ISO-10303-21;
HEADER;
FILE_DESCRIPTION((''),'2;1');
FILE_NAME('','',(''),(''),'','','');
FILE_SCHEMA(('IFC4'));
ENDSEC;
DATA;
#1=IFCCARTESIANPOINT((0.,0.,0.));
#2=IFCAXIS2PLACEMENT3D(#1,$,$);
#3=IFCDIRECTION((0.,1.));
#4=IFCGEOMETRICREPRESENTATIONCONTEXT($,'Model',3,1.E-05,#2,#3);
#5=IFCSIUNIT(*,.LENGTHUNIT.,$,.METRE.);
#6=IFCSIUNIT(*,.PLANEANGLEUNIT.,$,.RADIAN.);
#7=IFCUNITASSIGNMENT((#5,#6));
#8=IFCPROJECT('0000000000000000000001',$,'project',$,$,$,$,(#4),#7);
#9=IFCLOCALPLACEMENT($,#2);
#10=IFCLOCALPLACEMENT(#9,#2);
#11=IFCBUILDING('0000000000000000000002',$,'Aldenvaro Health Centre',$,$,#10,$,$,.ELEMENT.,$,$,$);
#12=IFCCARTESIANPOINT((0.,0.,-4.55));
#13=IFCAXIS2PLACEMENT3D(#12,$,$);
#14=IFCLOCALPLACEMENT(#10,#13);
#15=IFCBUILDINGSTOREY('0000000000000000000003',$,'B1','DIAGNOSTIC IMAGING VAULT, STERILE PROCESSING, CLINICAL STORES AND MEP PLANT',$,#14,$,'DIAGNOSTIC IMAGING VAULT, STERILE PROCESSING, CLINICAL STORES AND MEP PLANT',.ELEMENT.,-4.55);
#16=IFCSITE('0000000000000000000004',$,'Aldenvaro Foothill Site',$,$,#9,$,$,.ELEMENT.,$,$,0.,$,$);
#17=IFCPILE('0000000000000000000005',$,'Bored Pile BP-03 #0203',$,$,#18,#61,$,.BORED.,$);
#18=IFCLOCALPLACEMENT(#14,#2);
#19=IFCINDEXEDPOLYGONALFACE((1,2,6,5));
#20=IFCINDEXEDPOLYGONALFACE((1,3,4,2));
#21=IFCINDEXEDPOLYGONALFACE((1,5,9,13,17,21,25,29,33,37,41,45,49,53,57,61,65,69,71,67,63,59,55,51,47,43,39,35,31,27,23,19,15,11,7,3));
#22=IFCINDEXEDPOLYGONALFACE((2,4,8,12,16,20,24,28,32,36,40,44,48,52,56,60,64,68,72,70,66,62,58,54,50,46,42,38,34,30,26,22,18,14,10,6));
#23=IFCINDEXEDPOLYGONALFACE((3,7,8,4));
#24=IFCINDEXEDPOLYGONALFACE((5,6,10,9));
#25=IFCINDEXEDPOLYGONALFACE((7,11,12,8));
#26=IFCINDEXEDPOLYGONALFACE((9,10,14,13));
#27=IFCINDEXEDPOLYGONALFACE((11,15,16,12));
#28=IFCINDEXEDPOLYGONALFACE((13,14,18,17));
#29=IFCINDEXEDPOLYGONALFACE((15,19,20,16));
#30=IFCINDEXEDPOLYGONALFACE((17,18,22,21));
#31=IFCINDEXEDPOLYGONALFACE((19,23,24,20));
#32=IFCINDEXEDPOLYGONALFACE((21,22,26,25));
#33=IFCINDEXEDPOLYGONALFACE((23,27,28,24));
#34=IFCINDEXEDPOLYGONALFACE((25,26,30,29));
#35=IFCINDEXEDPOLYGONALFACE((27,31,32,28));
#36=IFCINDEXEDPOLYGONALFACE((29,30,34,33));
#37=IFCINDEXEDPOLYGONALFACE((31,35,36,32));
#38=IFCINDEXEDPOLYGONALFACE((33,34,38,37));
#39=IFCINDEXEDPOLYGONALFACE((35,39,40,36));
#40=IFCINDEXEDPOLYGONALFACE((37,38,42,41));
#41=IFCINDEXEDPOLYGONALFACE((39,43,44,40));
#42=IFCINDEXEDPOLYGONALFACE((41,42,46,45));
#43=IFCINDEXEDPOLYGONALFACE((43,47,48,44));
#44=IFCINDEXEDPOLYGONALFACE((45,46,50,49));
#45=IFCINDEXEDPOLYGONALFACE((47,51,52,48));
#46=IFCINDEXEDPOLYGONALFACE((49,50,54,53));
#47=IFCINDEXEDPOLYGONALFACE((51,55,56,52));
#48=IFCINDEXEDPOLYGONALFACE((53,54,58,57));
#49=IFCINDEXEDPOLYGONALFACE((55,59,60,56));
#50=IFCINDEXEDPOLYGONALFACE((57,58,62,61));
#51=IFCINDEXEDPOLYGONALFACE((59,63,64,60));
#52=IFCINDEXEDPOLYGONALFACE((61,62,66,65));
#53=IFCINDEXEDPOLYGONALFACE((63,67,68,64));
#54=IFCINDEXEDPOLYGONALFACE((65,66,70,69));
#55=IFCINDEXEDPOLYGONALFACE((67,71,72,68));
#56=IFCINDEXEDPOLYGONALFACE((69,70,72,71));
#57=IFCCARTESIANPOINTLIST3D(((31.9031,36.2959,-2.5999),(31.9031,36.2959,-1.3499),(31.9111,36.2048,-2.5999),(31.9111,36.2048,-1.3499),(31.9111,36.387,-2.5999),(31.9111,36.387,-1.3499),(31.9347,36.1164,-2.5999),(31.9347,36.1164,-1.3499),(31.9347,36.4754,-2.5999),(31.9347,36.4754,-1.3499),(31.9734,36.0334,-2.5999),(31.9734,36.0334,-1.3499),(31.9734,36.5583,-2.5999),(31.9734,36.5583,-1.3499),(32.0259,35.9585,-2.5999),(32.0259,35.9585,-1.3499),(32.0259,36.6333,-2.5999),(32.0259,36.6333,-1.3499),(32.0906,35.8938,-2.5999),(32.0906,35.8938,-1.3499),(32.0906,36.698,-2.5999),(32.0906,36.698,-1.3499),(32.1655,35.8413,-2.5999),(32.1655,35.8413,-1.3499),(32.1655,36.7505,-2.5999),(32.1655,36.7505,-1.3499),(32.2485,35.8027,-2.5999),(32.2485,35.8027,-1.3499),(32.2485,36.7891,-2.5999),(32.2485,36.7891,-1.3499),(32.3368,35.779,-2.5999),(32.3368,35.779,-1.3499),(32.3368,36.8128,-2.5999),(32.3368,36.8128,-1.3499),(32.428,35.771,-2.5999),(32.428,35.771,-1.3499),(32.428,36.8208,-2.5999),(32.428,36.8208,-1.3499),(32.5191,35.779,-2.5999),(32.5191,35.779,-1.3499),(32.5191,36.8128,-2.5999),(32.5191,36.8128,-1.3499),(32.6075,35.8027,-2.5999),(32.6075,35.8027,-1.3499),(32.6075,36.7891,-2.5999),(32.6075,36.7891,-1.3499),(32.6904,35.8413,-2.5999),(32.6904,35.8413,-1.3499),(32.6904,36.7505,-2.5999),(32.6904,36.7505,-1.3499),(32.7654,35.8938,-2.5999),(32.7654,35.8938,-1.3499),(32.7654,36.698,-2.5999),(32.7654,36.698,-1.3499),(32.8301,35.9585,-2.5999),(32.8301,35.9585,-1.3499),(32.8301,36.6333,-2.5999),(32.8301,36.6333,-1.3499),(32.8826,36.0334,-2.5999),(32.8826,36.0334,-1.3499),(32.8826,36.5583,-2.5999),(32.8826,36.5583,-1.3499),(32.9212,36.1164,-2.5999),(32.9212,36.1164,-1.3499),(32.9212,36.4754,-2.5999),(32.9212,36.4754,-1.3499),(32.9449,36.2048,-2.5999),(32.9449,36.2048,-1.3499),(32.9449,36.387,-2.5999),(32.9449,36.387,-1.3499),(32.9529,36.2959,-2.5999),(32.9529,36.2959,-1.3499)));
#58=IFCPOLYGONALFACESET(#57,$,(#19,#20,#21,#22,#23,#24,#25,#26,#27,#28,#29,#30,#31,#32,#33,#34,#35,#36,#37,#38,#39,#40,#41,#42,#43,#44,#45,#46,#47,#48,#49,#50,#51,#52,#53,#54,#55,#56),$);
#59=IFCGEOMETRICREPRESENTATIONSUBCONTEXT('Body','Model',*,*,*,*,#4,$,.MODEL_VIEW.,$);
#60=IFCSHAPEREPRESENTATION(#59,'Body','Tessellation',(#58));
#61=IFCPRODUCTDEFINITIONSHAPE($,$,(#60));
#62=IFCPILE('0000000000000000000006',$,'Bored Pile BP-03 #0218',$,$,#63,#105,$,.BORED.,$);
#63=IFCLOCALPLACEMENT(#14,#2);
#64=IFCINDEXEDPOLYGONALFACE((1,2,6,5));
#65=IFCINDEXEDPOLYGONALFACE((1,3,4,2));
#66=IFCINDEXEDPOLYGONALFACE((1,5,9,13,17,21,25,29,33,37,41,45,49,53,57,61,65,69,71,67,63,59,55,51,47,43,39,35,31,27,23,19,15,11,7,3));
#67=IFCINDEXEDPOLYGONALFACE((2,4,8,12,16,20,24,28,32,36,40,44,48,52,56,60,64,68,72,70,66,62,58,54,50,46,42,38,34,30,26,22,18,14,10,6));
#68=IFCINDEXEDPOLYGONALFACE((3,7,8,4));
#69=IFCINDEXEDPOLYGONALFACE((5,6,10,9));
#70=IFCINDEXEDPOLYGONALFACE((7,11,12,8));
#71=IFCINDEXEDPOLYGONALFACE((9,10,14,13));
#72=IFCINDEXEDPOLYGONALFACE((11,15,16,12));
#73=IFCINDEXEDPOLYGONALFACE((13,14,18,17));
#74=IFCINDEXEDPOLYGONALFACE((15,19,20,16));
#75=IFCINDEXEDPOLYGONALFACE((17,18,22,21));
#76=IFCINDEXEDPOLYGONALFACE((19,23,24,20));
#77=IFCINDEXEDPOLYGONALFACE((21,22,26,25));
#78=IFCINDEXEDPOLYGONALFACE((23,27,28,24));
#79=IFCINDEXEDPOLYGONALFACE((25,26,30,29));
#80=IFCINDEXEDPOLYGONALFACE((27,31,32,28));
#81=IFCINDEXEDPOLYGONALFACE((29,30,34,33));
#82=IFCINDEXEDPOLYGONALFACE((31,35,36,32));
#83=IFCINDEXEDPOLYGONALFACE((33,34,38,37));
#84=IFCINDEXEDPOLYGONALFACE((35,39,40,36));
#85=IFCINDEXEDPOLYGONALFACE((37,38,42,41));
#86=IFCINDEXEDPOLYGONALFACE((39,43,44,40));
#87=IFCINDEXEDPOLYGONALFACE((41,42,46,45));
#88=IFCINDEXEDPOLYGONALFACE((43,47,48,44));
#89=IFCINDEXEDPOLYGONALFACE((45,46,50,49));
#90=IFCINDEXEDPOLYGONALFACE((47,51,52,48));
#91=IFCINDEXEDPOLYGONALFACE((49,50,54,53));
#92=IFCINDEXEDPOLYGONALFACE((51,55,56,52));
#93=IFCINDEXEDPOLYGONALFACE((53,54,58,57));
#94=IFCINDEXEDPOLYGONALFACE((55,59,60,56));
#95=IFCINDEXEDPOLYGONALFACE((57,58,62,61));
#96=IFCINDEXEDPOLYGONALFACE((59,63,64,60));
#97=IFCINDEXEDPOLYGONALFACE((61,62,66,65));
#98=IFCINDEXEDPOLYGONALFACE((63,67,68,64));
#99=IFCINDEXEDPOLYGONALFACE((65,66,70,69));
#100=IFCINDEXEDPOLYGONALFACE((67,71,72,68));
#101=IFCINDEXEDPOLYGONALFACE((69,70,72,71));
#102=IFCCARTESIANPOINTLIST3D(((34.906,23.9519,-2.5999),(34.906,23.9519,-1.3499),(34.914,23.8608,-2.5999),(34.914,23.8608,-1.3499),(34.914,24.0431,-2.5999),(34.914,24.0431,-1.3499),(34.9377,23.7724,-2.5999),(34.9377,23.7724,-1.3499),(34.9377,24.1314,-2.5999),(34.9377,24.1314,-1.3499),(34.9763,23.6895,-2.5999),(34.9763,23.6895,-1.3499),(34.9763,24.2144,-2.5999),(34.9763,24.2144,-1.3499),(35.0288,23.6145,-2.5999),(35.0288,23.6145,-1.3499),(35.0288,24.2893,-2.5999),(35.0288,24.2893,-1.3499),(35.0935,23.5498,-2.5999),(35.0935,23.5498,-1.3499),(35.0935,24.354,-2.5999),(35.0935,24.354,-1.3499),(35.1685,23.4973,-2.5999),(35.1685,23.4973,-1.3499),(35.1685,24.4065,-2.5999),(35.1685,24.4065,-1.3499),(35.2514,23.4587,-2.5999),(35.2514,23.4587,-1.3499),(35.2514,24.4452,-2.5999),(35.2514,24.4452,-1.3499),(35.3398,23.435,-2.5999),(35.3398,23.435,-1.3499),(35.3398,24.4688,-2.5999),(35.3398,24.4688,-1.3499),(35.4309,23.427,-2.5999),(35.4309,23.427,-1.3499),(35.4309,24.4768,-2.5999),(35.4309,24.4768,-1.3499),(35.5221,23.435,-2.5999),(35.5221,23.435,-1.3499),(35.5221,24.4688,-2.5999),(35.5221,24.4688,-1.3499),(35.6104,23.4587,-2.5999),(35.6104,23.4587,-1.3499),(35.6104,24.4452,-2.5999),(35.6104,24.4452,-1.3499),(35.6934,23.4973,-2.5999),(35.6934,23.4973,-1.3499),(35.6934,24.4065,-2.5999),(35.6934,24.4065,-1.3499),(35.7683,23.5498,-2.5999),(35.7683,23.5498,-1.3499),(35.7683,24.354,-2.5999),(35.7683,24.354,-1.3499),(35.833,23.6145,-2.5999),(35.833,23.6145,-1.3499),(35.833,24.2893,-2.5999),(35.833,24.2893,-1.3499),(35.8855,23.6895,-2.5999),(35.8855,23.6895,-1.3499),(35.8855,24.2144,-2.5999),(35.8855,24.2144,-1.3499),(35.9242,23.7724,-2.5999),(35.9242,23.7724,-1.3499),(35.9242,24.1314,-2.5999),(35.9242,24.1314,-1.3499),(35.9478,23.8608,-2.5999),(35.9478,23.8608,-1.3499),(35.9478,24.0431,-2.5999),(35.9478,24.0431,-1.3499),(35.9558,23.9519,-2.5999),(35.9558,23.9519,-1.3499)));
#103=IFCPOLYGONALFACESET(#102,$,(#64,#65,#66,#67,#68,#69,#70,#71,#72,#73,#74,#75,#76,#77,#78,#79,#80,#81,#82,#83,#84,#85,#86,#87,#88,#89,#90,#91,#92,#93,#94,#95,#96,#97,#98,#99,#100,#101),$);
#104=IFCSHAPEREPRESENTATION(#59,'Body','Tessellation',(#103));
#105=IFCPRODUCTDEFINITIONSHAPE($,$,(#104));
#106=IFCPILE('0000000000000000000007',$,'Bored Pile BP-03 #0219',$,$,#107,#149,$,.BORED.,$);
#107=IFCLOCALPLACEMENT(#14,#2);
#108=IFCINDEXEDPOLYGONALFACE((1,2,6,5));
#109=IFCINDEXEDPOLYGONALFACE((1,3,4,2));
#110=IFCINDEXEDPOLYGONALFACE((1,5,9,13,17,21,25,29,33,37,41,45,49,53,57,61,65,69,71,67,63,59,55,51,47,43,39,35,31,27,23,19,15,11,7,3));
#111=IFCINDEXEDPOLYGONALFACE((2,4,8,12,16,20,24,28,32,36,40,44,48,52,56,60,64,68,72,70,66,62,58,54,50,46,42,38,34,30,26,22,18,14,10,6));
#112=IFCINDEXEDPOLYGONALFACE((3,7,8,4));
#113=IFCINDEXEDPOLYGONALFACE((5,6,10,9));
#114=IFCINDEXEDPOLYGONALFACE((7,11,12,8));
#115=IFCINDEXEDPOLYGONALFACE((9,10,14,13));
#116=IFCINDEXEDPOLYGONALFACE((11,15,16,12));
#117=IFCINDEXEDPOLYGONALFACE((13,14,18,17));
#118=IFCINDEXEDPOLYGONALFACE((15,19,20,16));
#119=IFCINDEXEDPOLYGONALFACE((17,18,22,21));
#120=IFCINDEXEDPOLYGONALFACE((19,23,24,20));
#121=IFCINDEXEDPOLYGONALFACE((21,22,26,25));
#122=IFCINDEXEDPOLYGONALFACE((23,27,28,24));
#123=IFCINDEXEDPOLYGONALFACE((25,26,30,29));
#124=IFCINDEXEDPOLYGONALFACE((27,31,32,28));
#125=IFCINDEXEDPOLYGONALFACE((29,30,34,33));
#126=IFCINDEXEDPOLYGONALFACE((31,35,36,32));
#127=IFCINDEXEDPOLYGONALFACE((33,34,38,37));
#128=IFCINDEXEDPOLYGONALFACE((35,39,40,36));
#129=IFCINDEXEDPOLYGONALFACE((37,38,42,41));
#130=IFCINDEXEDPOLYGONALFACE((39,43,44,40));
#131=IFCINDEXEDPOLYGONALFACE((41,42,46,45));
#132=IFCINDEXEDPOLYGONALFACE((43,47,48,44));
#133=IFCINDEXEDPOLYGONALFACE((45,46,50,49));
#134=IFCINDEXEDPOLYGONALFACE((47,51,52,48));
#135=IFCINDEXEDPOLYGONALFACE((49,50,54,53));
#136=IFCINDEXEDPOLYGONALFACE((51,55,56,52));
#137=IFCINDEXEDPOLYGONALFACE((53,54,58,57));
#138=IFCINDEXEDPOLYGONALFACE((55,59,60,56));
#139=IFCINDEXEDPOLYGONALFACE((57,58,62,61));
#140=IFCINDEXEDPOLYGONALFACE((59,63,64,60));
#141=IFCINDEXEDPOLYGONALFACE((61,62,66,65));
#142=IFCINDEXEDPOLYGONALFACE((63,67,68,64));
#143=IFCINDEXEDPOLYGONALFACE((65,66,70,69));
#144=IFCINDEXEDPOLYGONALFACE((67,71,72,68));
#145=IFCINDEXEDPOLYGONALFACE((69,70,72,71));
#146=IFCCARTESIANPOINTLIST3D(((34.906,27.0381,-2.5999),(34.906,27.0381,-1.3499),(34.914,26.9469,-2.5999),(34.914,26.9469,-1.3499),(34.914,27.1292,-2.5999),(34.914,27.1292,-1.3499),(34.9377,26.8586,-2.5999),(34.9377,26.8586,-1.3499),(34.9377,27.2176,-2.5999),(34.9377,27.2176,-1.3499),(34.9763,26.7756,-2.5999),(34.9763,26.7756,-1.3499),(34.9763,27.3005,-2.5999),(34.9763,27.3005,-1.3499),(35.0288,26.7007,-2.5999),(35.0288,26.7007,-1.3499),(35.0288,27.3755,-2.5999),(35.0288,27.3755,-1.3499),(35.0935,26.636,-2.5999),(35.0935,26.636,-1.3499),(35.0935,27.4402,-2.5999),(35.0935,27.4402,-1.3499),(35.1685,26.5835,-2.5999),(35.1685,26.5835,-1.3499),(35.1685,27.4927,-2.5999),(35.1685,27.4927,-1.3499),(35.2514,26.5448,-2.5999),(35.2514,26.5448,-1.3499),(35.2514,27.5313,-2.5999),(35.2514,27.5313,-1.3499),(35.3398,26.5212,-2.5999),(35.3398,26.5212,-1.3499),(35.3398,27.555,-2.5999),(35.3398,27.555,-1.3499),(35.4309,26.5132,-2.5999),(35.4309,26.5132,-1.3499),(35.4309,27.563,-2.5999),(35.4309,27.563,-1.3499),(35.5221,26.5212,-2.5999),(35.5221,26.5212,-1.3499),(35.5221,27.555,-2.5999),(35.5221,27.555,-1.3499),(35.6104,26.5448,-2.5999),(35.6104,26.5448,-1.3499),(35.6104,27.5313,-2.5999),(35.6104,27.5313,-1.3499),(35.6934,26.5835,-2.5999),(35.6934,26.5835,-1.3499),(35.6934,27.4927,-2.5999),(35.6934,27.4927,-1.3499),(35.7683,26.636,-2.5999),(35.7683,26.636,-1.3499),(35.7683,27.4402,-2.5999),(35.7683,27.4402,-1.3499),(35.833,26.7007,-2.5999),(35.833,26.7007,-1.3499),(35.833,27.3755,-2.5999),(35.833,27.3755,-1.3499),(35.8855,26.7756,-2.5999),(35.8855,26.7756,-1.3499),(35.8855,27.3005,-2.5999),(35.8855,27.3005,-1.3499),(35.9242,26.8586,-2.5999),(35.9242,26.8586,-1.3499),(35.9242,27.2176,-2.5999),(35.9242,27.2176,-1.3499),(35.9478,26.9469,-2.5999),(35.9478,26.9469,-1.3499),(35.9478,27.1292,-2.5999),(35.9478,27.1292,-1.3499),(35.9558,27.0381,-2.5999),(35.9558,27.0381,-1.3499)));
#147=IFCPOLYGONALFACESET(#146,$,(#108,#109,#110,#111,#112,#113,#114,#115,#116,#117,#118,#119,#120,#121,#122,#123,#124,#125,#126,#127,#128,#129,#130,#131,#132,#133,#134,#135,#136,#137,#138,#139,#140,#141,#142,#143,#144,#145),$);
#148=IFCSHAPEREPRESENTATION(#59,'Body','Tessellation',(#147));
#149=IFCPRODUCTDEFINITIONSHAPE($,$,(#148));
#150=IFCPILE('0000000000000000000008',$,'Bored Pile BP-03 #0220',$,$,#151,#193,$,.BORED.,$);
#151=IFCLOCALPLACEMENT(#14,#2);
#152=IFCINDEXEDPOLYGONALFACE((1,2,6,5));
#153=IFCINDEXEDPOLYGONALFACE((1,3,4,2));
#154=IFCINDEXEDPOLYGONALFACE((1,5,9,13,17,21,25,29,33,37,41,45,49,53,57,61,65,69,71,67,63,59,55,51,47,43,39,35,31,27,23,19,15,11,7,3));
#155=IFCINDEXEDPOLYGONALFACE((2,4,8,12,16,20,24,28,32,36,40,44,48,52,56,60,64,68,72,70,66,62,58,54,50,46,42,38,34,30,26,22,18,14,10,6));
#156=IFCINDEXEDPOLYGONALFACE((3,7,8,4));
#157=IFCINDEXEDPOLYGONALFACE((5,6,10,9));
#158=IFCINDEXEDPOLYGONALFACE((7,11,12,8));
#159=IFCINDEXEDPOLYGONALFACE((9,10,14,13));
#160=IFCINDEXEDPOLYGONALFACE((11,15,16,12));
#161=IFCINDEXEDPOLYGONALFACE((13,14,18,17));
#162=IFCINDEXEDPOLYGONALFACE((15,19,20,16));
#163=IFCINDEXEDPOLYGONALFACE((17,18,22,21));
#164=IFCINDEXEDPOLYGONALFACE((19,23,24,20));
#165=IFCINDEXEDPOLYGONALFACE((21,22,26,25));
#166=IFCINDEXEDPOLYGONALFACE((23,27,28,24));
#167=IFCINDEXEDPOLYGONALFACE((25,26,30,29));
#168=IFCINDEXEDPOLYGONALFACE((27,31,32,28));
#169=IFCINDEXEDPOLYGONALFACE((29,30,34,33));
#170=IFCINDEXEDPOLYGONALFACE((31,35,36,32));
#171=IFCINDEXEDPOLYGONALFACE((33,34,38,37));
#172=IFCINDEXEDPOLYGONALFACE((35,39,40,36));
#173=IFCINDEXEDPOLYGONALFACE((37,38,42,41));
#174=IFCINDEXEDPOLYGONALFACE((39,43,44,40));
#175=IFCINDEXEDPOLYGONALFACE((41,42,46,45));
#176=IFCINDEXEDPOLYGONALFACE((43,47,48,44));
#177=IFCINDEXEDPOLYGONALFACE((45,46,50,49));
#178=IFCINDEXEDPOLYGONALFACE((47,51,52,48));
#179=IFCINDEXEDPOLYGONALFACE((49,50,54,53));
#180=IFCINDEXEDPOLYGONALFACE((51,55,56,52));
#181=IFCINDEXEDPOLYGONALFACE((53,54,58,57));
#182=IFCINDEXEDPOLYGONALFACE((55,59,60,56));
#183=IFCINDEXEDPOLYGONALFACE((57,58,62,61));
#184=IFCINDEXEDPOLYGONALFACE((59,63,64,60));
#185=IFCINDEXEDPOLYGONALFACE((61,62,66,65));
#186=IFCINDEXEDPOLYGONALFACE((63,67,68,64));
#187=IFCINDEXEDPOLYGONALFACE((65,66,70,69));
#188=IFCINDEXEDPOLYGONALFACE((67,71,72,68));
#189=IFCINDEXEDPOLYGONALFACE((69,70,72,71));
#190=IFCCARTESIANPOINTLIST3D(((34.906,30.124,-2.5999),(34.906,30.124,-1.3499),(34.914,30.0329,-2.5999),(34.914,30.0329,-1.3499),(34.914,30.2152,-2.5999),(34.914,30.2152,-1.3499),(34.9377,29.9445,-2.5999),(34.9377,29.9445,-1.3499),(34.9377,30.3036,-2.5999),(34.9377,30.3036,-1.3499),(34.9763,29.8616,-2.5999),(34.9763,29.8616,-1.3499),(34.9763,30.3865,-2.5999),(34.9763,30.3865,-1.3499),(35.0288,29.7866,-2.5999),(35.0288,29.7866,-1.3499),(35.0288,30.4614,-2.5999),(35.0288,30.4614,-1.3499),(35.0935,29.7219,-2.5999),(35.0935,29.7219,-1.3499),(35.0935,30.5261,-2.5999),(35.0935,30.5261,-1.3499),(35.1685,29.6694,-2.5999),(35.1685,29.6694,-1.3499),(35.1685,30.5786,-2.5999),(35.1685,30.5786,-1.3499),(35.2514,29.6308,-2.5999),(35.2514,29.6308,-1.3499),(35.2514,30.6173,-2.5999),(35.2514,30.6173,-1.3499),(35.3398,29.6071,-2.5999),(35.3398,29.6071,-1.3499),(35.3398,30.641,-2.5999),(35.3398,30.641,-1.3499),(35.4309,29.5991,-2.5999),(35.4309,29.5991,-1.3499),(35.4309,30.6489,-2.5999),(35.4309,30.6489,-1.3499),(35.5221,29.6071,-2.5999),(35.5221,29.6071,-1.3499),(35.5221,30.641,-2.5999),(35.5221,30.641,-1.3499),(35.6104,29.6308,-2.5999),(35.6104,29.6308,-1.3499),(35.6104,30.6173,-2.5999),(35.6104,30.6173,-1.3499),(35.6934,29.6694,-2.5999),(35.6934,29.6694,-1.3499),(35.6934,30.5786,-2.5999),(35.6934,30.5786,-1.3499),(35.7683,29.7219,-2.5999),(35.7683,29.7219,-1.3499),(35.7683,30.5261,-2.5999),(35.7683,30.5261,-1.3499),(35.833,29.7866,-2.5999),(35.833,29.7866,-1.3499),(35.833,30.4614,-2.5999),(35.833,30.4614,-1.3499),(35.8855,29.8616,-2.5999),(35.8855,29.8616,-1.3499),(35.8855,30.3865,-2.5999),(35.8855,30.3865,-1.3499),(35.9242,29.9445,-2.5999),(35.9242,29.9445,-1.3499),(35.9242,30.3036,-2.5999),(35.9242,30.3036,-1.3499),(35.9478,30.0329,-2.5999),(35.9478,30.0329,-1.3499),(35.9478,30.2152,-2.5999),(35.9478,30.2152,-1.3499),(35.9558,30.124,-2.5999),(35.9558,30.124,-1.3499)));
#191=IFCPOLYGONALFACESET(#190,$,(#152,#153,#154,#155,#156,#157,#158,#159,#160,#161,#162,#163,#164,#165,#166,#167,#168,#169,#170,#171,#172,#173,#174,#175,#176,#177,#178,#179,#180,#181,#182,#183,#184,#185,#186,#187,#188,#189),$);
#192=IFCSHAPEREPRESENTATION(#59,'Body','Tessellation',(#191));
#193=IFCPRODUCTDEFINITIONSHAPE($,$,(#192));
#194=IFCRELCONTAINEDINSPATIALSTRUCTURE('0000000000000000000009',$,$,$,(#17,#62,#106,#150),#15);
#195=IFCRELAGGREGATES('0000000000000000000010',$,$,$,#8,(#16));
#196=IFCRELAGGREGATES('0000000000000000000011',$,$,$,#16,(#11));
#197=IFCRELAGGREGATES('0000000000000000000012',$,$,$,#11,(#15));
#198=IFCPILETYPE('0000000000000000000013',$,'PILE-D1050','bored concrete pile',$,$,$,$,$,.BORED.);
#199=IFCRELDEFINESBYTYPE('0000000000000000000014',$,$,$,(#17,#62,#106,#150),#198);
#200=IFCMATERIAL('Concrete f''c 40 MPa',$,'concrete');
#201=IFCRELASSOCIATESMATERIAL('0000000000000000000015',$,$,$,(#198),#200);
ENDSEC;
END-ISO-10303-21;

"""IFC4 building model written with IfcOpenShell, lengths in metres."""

from ifc_helpers import new_model, si_unit, direction, frame, origin, origin_2d, place, context, subcontext, project, spatial, circle, extrude, material, material_profile, profile_set, type_object, element, save


model = new_model("IFC4")

# Units and contexts
model_context = context("Model", 3, precision=1e-05, world=origin(), true_north=direction((0.0, 1.0)))
body_context = subcontext(model_context, "Body", "Model", "MODEL_VIEW")
ifc_project = project(units=[si_unit("LENGTHUNIT", "METRE"), si_unit("PLANEANGLEUNIT", "RADIAN")], contexts=[model_context])

# Site, building, storey
site_placement = place(None, origin())
site = spatial("IfcSite", under=ifc_project, at=site_placement, Name="Aldenvaro Foothill Site", CompositionType="ELEMENT", RefElevation=0.0)
building_placement = place(site_placement, origin())
building = spatial("IfcBuilding", under=site, at=building_placement, Name="Aldenvaro Health Centre", CompositionType="ELEMENT")
storey_placement = place(building_placement, frame((0.0, 0.0, -4.55)))
storey = spatial("IfcBuildingStorey", under=building, at=storey_placement, Name="B1", Description="DIAGNOSTIC IMAGING VAULT, STERILE PROCESSING, CLINICAL STORES AND MEP PLANT", LongName="DIAGNOSTIC IMAGING VAULT, STERILE PROCESSING, CLINICAL STORES AND MEP PLANT", CompositionType="ELEMENT", Elevation=-4.55)

# Piles
ifc_material_1 = material(Name="Concrete f'c 40 MPa", Category="concrete")
ifc_material_profile = material_profile(ifc_material_1, circle(Radius=0.5249, at=origin_2d()), Name="PILE D1050", Category="concrete")
ifc_profile_set = profile_set([ifc_material_profile], Name="Concrete f'c 40 MPa")
pile_type = type_object("IfcPileType", Name="PILE-D1050", Description="bored concrete pile", PredefinedType="BORED", material=ifc_profile_set)
for number, where, z_axis, x_axis, name in (
    (1, (32.428, 36.2959, -1.3499), (0.0, 0.0, -1.0), (1.0, 0.0, 0.0), "Bored Pile BP-03 #0203"),
    (2, (35.4309, 23.9519, -1.3499), (0.0, 0.0, -1.0), (1.0, 0.0, 0.0), "Bored Pile BP-03 #0218"),
    (3, (35.4309, 27.0381, -1.3499), (0.0, 0.0, -1.0), (1.0, 0.0, 0.0), "Bored Pile BP-03 #0219"),
    (4, (35.4309, 30.124, -1.3499), (0.0, 0.0, -1.0), (1.0, 0.0, 0.0), "Bored Pile BP-03 #0220"),
):
    element("IfcPile", number, at=place(storey_placement, frame(where, z_axis=z_axis, x_axis=x_axis)), inside=storey, type_object=pile_type, Name=name, PredefinedType="BORED", context=body_context, shape_type="SweptSolid", body=[
        extrude(circle(Radius=0.5249, at=origin_2d()), origin(), (0.0, 0.0, 1.0), 1.25),
    ])

save(model, "model.ifc")
